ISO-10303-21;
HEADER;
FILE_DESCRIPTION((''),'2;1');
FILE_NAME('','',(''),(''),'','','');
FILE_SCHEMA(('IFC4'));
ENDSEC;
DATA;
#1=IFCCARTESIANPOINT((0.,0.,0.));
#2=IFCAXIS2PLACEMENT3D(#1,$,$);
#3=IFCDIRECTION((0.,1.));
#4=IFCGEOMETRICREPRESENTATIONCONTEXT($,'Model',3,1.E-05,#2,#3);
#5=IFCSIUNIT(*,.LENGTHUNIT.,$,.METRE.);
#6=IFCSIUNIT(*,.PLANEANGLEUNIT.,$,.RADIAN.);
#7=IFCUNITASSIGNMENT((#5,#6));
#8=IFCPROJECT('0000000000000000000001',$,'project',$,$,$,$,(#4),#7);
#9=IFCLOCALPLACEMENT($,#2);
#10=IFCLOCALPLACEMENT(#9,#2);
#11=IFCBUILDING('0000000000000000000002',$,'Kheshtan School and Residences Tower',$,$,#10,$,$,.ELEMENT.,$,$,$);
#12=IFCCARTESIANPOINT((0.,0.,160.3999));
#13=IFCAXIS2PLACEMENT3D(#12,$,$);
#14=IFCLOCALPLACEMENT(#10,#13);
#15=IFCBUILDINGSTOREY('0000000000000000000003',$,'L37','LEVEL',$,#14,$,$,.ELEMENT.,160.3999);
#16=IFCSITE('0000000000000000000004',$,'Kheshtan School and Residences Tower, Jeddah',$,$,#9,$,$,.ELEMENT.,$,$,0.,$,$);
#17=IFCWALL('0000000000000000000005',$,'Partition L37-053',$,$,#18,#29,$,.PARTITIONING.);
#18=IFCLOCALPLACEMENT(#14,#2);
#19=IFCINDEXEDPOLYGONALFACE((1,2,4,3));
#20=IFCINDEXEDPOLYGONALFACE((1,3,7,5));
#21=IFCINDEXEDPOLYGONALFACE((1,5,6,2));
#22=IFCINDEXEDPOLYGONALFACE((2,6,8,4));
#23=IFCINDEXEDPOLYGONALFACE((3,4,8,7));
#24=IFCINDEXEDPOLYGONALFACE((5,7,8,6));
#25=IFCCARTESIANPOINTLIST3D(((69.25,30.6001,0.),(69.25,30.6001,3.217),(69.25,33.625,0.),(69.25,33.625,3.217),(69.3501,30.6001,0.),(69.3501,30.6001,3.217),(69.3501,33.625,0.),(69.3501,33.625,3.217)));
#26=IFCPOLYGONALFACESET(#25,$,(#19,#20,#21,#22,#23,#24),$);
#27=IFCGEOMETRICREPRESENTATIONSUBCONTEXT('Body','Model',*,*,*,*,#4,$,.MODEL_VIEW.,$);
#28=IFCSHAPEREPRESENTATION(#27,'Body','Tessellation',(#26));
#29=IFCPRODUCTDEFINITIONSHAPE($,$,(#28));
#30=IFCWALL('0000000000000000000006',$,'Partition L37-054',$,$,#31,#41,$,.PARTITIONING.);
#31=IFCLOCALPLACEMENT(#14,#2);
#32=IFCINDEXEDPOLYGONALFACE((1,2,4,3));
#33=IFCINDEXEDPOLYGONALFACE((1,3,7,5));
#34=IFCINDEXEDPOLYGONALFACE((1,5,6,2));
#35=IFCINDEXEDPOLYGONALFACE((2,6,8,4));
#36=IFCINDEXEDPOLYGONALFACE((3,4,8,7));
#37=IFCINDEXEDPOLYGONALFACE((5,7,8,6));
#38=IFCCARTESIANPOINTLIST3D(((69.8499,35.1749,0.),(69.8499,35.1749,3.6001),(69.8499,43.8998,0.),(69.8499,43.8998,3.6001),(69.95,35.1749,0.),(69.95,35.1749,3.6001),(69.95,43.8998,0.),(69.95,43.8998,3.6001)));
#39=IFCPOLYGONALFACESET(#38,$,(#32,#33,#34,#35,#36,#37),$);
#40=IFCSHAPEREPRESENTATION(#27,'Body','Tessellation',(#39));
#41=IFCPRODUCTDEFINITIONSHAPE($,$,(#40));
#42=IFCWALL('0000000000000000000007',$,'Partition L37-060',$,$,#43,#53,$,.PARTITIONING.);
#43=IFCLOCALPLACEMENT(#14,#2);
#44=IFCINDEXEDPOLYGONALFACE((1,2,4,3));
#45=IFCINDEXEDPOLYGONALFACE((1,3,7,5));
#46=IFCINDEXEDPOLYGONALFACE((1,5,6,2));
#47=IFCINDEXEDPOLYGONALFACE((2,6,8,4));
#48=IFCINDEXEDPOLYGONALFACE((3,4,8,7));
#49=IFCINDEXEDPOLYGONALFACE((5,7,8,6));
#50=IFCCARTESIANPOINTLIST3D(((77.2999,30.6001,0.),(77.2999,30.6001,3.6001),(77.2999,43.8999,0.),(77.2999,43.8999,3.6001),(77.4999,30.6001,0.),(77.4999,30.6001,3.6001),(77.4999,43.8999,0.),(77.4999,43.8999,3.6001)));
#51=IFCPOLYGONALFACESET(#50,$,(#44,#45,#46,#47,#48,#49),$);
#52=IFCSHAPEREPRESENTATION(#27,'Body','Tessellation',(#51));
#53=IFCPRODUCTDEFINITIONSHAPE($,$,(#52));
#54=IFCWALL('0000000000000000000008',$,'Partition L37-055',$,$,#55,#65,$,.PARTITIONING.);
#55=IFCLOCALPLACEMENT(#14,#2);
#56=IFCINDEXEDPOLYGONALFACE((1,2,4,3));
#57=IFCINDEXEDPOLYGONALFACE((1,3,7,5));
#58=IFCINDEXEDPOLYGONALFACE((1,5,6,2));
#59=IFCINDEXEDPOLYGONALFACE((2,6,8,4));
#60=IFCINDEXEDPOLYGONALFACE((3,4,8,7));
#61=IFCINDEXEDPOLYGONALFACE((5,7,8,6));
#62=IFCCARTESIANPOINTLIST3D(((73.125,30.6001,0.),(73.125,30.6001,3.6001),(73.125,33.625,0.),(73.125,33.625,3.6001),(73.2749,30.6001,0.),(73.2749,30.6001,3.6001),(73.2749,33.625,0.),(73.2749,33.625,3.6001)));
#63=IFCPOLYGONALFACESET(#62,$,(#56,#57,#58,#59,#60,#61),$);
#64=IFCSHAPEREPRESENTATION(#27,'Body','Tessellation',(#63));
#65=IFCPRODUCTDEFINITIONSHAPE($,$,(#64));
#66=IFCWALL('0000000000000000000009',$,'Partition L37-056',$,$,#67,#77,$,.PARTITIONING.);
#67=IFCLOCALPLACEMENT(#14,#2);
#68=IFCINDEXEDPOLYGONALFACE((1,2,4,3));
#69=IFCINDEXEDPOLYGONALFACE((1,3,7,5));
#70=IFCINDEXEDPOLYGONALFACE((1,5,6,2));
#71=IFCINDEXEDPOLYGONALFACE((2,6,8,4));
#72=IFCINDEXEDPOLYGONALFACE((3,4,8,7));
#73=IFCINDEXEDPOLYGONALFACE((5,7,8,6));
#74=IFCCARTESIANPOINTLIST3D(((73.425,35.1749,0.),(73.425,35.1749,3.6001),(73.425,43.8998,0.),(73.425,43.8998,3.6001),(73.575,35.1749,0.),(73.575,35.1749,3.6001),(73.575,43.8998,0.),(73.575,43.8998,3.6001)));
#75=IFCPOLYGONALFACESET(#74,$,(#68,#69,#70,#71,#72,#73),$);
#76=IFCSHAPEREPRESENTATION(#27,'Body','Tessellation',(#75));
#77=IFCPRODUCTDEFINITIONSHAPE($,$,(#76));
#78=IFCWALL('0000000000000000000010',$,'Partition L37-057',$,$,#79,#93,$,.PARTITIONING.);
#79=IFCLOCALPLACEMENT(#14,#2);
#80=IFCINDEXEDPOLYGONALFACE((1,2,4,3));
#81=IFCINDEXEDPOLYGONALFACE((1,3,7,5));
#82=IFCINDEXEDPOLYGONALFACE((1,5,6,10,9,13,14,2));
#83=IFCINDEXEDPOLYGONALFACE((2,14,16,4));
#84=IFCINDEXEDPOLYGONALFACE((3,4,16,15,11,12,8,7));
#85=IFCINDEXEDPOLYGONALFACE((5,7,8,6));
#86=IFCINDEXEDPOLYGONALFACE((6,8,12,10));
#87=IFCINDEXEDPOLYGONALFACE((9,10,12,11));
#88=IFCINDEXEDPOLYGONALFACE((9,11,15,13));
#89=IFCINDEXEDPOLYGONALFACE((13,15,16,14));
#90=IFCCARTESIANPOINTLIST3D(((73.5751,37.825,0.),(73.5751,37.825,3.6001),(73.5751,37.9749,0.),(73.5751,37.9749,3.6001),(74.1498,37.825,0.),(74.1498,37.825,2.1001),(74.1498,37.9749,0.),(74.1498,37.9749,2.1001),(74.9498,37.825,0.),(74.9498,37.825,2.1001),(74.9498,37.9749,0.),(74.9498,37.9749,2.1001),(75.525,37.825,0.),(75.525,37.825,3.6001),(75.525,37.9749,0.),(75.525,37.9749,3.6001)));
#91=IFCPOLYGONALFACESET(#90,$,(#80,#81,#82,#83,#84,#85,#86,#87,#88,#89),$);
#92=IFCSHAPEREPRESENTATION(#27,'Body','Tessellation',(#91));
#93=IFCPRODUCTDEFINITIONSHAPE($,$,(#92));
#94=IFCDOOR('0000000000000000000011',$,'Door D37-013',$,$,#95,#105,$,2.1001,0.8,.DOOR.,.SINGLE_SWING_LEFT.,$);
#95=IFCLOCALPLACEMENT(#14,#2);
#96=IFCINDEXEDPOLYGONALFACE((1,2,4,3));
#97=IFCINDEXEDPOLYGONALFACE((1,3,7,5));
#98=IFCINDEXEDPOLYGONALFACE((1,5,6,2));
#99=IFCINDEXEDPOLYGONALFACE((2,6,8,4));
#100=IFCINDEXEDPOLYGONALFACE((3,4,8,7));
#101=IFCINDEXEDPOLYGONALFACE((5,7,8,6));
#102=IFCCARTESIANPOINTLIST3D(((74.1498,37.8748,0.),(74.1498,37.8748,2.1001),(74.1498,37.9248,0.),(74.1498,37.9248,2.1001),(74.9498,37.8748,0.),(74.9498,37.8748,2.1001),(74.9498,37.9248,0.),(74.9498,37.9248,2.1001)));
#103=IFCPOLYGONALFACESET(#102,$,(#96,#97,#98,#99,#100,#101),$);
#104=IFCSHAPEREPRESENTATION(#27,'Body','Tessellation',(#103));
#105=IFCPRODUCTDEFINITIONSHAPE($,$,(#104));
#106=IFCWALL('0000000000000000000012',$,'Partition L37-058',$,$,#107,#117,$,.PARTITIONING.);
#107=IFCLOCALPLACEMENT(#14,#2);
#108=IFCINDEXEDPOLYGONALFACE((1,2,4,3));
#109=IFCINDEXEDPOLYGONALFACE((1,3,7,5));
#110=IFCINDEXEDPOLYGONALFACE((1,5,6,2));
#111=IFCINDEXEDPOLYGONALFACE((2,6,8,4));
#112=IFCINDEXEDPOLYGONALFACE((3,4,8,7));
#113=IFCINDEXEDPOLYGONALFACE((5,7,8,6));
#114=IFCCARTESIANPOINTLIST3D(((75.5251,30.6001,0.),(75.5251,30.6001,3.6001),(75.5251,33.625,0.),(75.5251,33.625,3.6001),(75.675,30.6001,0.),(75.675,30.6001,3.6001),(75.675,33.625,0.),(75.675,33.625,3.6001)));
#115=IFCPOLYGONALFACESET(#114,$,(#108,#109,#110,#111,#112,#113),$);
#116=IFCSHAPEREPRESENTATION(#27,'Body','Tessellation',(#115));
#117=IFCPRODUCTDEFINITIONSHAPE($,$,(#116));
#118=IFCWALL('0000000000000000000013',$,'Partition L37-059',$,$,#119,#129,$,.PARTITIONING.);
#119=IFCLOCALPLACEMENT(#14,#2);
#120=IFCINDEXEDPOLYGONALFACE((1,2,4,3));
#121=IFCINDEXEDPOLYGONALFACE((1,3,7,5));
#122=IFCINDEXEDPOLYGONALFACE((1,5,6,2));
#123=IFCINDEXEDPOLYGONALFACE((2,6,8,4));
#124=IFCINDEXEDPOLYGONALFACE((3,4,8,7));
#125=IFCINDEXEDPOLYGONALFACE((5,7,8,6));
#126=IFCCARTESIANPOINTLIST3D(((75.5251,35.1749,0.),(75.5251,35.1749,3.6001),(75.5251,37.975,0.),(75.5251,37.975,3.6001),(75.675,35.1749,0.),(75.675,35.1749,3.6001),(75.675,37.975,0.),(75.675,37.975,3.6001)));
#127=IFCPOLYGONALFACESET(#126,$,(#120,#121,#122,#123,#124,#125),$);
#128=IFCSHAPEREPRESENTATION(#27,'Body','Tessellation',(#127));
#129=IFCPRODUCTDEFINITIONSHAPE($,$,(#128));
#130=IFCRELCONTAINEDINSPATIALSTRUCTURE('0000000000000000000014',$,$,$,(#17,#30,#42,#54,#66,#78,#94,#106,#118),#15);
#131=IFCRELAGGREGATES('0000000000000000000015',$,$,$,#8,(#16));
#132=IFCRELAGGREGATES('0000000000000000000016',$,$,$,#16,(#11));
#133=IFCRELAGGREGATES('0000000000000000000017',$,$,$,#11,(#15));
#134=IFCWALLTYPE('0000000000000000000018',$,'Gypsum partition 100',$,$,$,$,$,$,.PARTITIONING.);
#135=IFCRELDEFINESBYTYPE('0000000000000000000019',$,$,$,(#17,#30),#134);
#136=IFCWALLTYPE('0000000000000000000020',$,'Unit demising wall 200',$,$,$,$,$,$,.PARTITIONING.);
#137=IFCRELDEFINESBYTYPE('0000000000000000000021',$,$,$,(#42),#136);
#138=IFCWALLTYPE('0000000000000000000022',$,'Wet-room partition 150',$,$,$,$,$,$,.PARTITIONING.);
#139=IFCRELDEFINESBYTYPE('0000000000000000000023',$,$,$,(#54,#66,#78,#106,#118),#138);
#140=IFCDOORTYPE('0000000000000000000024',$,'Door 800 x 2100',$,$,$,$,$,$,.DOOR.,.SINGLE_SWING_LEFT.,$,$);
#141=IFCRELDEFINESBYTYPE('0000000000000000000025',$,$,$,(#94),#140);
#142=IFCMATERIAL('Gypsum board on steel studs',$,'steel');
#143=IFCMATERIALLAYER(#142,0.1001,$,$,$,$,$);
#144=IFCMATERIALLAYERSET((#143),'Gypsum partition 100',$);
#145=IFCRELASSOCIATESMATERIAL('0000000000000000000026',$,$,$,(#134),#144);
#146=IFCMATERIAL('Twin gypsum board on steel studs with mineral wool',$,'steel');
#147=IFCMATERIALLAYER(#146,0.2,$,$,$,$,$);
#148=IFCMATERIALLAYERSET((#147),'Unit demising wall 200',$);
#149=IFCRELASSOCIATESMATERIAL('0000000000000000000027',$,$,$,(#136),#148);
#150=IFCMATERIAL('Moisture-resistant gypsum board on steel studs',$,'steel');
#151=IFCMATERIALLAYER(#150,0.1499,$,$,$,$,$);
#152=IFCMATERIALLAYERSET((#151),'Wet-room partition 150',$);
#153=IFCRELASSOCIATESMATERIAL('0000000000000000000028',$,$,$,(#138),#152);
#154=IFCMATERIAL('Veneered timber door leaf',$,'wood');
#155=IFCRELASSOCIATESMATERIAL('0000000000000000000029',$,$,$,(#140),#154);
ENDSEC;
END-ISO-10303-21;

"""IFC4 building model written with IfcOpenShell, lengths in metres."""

from ifc_helpers import new_model, si_unit, direction, frame, frame_2d, origin, place, context, subcontext, project, spatial, rectangle, extrude, source, transform, mapped, material, layer, layer_set, type_object, element, fill, save


model = new_model("IFC4")

# Units and contexts
model_context = context("Model", 3, precision=1e-05, world=origin(), true_north=direction((0.0, 1.0)))
body_context = subcontext(model_context, "Body", "Model", "MODEL_VIEW")
ifc_project = project(units=[si_unit("LENGTHUNIT", "METRE"), si_unit("PLANEANGLEUNIT", "RADIAN")], contexts=[model_context])

# Site, building, storey
site_placement = place(None, origin())
site = spatial("IfcSite", under=ifc_project, at=site_placement, Name="Kheshtan School and Residences Tower, Jeddah", CompositionType="ELEMENT", RefElevation=0.0)
building_placement = place(site_placement, origin())
building = spatial("IfcBuilding", under=site, at=building_placement, Name="Kheshtan School and Residences Tower", CompositionType="ELEMENT")
storey_placement = place(building_placement, frame((0.0, 0.0, 160.3999)))
storey = spatial("IfcBuildingStorey", under=building, at=storey_placement, Name="L37", Description="LEVEL", CompositionType="ELEMENT", Elevation=160.3999)

# Walls
ifc_material_1 = material(Name="Gypsum board on steel studs", Category="steel")
ifc_layer_1 = layer(ifc_material_1, 0.1001)
ifc_layer_set_1 = layer_set([ifc_layer_1], Name="Gypsum partition 100")
wall_type_1 = type_object("IfcWallType", Name="Gypsum partition 100", PredefinedType="PARTITIONING", material=ifc_layer_set_1)
wall_1_placement = place(storey_placement, frame((69.3, 30.6001, 0.0), z_axis=(0.0, 0.0, 1.0), x_axis=(0.0, 1.0, 0.0)))
element("IfcWall", 1, at=wall_1_placement, inside=storey, type_object=wall_type_1, Name="Partition L37-053", PredefinedType="PARTITIONING", context=body_context, shape_type="SweptSolid", body=[
    extrude(rectangle(XDim=3.0249, YDim=0.1001, at=frame_2d((1.5125, 0.0))), origin(), (0.0, 0.0, 1.0), 3.217),
])
wall_2_placement = place(storey_placement, frame((69.8999, 35.175, 0.0), z_axis=(0.0, 0.0, 1.0), x_axis=(0.0, 1.0, 0.0)))
element("IfcWall", 2, at=wall_2_placement, inside=storey, type_object=wall_type_1, Name="Partition L37-054", PredefinedType="PARTITIONING", context=body_context, shape_type="SweptSolid", body=[
    extrude(rectangle(XDim=8.7249, YDim=0.1001, at=frame_2d((4.3623, 0.0))), origin(), (0.0, 0.0, 1.0), 3.6001),
])
ifc_material_2 = material(Name="Twin gypsum board on steel studs with mineral wool", Category="steel")
ifc_layer_2 = layer(ifc_material_2, 0.2)
ifc_layer_set_2 = layer_set([ifc_layer_2], Name="Unit demising wall 200")
wall_type_2 = type_object("IfcWallType", Name="Unit demising wall 200", PredefinedType="PARTITIONING", material=ifc_layer_set_2)
wall_3_placement = place(storey_placement, frame((77.3999, 30.6001, 0.0), z_axis=(0.0, 0.0, 1.0), x_axis=(0.0, 1.0, 0.0)))
element("IfcWall", 3, at=wall_3_placement, inside=storey, type_object=wall_type_2, Name="Partition L37-060", PredefinedType="PARTITIONING", context=body_context, shape_type="SweptSolid", body=[
    extrude(rectangle(XDim=13.2998, YDim=0.2, at=frame_2d((6.6499, 0.0))), origin(), (0.0, 0.0, 1.0), 3.6001),
])
ifc_material_3 = material(Name="Moisture-resistant gypsum board on steel studs", Category="steel")
ifc_layer_3 = layer(ifc_material_3, 0.1499)
ifc_layer_set_3 = layer_set([ifc_layer_3], Name="Wet-room partition 150")
wall_type_3 = type_object("IfcWallType", Name="Wet-room partition 150", PredefinedType="PARTITIONING", material=ifc_layer_set_3)
wall_4_placement = place(storey_placement, frame((73.2, 30.6001, 0.0), z_axis=(0.0, 0.0, 1.0), x_axis=(0.0, 1.0, 0.0)))
element("IfcWall", 4, at=wall_4_placement, inside=storey, type_object=wall_type_3, Name="Partition L37-055", PredefinedType="PARTITIONING", context=body_context, shape_type="SweptSolid", body=[
    extrude(rectangle(XDim=3.0249, YDim=0.1499, at=frame_2d((1.5125, 0.0))), origin(), (0.0, 0.0, 1.0), 3.6001),
])
wall_5_placement = place(storey_placement, frame((73.5, 35.175, 0.0), z_axis=(0.0, 0.0, 1.0), x_axis=(0.0, 1.0, 0.0)))
element("IfcWall", 5, at=wall_5_placement, inside=storey, type_object=wall_type_3, Name="Partition L37-056", PredefinedType="PARTITIONING", context=body_context, shape_type="SweptSolid", body=[
    extrude(rectangle(XDim=8.7249, YDim=0.1499, at=frame_2d((4.3623, 0.0))), origin(), (0.0, 0.0, 1.0), 3.6001),
])

# Wall, opening, door
wall_6_placement = place(storey_placement, frame((73.575, 37.8999, 0.0), z_axis=(0.0, 0.0, 1.0), x_axis=(1.0, 0.0, 0.0)))
wall_6 = element("IfcWall", 6, at=wall_6_placement, inside=storey, type_object=wall_type_3, Name="Partition L37-057", PredefinedType="PARTITIONING", context=body_context, shape_type="SweptSolid", body=[
    extrude(rectangle(XDim=1.95, YDim=0.1499, at=frame_2d((0.9751, 0.0))), origin(), (0.0, 0.0, 1.0), 3.6001),
])
opening_1_placement = place(wall_6_placement, frame((0.575, 0.0, 0.0)))
opening_1 = element("IfcOpeningElement", 7, at=opening_1_placement, cuts=wall_6, PredefinedType="OPENING", context=body_context, shape_type="SweptSolid", body=[
    extrude(rectangle(XDim=0.8, YDim=2.1001, at=frame_2d((0.3999, 1.05))), frame((0.0, 0.085, 0.0), z_axis=(0.0, -1.0, 0.0), x_axis=(1.0, 0.0, 0.0)), (0.0, 0.0, 1.0), 0.1699),
])
ifc_material_4 = material(Name="Veneered timber door leaf", Category="wood")
door_type_1 = type_object("IfcDoorType", Name="Door 800 x 2100", OperationType="SINGLE_SWING_LEFT", PredefinedType="DOOR", material=ifc_material_4)
shared_shape_1 = source(origin(), body_context, "Body", "SweptSolid", [
    extrude(rectangle(XDim=0.8, YDim=2.1001, at=frame_2d((0.3999, 1.05))), frame((0.0, 0.0249, 0.0), z_axis=(0.0, -1.0, 0.0), x_axis=(1.0, 0.0, 0.0)), (0.0, 0.0, 1.0), 0.05),
])
door_1_placement = place(opening_1_placement, origin())
door_1 = element("IfcDoor", 8, at=door_1_placement, inside=storey, type_object=door_type_1, Name="Door D37-013", OperationType="SINGLE_SWING_LEFT", OverallHeight=2.1001, OverallWidth=0.8, PredefinedType="DOOR", context=body_context, shape_type="MappedRepresentation", body=[
    mapped(shared_shape_1, transform((0.0, 0.0, 0.0), x_axis=(1.0, 0.0, 0.0), y_axis=(0.0, 1.0, 0.0), z_axis=(0.0, 0.0, 1.0), scale=1.0)),
])
fill(opening_1, door_1)

# Walls
wall_7_placement = place(storey_placement, frame((75.6001, 30.6001, 0.0), z_axis=(0.0, 0.0, 1.0), x_axis=(0.0, 1.0, 0.0)))
element("IfcWall", 9, at=wall_7_placement, inside=storey, type_object=wall_type_3, Name="Partition L37-058", PredefinedType="PARTITIONING", context=body_context, shape_type="SweptSolid", body=[
    extrude(rectangle(XDim=3.0249, YDim=0.1499, at=frame_2d((1.5125, 0.0))), origin(), (0.0, 0.0, 1.0), 3.6001),
])
wall_8_placement = place(storey_placement, frame((75.6001, 35.175, 0.0), z_axis=(0.0, 0.0, 1.0), x_axis=(0.0, 1.0, 0.0)))
element("IfcWall", 10, at=wall_8_placement, inside=storey, type_object=wall_type_3, Name="Partition L37-059", PredefinedType="PARTITIONING", context=body_context, shape_type="SweptSolid", body=[
    extrude(rectangle(XDim=2.8, YDim=0.1499, at=frame_2d((1.3999, 0.0))), origin(), (0.0, 0.0, 1.0), 3.6001),
])

save(model, "model.ifc")
